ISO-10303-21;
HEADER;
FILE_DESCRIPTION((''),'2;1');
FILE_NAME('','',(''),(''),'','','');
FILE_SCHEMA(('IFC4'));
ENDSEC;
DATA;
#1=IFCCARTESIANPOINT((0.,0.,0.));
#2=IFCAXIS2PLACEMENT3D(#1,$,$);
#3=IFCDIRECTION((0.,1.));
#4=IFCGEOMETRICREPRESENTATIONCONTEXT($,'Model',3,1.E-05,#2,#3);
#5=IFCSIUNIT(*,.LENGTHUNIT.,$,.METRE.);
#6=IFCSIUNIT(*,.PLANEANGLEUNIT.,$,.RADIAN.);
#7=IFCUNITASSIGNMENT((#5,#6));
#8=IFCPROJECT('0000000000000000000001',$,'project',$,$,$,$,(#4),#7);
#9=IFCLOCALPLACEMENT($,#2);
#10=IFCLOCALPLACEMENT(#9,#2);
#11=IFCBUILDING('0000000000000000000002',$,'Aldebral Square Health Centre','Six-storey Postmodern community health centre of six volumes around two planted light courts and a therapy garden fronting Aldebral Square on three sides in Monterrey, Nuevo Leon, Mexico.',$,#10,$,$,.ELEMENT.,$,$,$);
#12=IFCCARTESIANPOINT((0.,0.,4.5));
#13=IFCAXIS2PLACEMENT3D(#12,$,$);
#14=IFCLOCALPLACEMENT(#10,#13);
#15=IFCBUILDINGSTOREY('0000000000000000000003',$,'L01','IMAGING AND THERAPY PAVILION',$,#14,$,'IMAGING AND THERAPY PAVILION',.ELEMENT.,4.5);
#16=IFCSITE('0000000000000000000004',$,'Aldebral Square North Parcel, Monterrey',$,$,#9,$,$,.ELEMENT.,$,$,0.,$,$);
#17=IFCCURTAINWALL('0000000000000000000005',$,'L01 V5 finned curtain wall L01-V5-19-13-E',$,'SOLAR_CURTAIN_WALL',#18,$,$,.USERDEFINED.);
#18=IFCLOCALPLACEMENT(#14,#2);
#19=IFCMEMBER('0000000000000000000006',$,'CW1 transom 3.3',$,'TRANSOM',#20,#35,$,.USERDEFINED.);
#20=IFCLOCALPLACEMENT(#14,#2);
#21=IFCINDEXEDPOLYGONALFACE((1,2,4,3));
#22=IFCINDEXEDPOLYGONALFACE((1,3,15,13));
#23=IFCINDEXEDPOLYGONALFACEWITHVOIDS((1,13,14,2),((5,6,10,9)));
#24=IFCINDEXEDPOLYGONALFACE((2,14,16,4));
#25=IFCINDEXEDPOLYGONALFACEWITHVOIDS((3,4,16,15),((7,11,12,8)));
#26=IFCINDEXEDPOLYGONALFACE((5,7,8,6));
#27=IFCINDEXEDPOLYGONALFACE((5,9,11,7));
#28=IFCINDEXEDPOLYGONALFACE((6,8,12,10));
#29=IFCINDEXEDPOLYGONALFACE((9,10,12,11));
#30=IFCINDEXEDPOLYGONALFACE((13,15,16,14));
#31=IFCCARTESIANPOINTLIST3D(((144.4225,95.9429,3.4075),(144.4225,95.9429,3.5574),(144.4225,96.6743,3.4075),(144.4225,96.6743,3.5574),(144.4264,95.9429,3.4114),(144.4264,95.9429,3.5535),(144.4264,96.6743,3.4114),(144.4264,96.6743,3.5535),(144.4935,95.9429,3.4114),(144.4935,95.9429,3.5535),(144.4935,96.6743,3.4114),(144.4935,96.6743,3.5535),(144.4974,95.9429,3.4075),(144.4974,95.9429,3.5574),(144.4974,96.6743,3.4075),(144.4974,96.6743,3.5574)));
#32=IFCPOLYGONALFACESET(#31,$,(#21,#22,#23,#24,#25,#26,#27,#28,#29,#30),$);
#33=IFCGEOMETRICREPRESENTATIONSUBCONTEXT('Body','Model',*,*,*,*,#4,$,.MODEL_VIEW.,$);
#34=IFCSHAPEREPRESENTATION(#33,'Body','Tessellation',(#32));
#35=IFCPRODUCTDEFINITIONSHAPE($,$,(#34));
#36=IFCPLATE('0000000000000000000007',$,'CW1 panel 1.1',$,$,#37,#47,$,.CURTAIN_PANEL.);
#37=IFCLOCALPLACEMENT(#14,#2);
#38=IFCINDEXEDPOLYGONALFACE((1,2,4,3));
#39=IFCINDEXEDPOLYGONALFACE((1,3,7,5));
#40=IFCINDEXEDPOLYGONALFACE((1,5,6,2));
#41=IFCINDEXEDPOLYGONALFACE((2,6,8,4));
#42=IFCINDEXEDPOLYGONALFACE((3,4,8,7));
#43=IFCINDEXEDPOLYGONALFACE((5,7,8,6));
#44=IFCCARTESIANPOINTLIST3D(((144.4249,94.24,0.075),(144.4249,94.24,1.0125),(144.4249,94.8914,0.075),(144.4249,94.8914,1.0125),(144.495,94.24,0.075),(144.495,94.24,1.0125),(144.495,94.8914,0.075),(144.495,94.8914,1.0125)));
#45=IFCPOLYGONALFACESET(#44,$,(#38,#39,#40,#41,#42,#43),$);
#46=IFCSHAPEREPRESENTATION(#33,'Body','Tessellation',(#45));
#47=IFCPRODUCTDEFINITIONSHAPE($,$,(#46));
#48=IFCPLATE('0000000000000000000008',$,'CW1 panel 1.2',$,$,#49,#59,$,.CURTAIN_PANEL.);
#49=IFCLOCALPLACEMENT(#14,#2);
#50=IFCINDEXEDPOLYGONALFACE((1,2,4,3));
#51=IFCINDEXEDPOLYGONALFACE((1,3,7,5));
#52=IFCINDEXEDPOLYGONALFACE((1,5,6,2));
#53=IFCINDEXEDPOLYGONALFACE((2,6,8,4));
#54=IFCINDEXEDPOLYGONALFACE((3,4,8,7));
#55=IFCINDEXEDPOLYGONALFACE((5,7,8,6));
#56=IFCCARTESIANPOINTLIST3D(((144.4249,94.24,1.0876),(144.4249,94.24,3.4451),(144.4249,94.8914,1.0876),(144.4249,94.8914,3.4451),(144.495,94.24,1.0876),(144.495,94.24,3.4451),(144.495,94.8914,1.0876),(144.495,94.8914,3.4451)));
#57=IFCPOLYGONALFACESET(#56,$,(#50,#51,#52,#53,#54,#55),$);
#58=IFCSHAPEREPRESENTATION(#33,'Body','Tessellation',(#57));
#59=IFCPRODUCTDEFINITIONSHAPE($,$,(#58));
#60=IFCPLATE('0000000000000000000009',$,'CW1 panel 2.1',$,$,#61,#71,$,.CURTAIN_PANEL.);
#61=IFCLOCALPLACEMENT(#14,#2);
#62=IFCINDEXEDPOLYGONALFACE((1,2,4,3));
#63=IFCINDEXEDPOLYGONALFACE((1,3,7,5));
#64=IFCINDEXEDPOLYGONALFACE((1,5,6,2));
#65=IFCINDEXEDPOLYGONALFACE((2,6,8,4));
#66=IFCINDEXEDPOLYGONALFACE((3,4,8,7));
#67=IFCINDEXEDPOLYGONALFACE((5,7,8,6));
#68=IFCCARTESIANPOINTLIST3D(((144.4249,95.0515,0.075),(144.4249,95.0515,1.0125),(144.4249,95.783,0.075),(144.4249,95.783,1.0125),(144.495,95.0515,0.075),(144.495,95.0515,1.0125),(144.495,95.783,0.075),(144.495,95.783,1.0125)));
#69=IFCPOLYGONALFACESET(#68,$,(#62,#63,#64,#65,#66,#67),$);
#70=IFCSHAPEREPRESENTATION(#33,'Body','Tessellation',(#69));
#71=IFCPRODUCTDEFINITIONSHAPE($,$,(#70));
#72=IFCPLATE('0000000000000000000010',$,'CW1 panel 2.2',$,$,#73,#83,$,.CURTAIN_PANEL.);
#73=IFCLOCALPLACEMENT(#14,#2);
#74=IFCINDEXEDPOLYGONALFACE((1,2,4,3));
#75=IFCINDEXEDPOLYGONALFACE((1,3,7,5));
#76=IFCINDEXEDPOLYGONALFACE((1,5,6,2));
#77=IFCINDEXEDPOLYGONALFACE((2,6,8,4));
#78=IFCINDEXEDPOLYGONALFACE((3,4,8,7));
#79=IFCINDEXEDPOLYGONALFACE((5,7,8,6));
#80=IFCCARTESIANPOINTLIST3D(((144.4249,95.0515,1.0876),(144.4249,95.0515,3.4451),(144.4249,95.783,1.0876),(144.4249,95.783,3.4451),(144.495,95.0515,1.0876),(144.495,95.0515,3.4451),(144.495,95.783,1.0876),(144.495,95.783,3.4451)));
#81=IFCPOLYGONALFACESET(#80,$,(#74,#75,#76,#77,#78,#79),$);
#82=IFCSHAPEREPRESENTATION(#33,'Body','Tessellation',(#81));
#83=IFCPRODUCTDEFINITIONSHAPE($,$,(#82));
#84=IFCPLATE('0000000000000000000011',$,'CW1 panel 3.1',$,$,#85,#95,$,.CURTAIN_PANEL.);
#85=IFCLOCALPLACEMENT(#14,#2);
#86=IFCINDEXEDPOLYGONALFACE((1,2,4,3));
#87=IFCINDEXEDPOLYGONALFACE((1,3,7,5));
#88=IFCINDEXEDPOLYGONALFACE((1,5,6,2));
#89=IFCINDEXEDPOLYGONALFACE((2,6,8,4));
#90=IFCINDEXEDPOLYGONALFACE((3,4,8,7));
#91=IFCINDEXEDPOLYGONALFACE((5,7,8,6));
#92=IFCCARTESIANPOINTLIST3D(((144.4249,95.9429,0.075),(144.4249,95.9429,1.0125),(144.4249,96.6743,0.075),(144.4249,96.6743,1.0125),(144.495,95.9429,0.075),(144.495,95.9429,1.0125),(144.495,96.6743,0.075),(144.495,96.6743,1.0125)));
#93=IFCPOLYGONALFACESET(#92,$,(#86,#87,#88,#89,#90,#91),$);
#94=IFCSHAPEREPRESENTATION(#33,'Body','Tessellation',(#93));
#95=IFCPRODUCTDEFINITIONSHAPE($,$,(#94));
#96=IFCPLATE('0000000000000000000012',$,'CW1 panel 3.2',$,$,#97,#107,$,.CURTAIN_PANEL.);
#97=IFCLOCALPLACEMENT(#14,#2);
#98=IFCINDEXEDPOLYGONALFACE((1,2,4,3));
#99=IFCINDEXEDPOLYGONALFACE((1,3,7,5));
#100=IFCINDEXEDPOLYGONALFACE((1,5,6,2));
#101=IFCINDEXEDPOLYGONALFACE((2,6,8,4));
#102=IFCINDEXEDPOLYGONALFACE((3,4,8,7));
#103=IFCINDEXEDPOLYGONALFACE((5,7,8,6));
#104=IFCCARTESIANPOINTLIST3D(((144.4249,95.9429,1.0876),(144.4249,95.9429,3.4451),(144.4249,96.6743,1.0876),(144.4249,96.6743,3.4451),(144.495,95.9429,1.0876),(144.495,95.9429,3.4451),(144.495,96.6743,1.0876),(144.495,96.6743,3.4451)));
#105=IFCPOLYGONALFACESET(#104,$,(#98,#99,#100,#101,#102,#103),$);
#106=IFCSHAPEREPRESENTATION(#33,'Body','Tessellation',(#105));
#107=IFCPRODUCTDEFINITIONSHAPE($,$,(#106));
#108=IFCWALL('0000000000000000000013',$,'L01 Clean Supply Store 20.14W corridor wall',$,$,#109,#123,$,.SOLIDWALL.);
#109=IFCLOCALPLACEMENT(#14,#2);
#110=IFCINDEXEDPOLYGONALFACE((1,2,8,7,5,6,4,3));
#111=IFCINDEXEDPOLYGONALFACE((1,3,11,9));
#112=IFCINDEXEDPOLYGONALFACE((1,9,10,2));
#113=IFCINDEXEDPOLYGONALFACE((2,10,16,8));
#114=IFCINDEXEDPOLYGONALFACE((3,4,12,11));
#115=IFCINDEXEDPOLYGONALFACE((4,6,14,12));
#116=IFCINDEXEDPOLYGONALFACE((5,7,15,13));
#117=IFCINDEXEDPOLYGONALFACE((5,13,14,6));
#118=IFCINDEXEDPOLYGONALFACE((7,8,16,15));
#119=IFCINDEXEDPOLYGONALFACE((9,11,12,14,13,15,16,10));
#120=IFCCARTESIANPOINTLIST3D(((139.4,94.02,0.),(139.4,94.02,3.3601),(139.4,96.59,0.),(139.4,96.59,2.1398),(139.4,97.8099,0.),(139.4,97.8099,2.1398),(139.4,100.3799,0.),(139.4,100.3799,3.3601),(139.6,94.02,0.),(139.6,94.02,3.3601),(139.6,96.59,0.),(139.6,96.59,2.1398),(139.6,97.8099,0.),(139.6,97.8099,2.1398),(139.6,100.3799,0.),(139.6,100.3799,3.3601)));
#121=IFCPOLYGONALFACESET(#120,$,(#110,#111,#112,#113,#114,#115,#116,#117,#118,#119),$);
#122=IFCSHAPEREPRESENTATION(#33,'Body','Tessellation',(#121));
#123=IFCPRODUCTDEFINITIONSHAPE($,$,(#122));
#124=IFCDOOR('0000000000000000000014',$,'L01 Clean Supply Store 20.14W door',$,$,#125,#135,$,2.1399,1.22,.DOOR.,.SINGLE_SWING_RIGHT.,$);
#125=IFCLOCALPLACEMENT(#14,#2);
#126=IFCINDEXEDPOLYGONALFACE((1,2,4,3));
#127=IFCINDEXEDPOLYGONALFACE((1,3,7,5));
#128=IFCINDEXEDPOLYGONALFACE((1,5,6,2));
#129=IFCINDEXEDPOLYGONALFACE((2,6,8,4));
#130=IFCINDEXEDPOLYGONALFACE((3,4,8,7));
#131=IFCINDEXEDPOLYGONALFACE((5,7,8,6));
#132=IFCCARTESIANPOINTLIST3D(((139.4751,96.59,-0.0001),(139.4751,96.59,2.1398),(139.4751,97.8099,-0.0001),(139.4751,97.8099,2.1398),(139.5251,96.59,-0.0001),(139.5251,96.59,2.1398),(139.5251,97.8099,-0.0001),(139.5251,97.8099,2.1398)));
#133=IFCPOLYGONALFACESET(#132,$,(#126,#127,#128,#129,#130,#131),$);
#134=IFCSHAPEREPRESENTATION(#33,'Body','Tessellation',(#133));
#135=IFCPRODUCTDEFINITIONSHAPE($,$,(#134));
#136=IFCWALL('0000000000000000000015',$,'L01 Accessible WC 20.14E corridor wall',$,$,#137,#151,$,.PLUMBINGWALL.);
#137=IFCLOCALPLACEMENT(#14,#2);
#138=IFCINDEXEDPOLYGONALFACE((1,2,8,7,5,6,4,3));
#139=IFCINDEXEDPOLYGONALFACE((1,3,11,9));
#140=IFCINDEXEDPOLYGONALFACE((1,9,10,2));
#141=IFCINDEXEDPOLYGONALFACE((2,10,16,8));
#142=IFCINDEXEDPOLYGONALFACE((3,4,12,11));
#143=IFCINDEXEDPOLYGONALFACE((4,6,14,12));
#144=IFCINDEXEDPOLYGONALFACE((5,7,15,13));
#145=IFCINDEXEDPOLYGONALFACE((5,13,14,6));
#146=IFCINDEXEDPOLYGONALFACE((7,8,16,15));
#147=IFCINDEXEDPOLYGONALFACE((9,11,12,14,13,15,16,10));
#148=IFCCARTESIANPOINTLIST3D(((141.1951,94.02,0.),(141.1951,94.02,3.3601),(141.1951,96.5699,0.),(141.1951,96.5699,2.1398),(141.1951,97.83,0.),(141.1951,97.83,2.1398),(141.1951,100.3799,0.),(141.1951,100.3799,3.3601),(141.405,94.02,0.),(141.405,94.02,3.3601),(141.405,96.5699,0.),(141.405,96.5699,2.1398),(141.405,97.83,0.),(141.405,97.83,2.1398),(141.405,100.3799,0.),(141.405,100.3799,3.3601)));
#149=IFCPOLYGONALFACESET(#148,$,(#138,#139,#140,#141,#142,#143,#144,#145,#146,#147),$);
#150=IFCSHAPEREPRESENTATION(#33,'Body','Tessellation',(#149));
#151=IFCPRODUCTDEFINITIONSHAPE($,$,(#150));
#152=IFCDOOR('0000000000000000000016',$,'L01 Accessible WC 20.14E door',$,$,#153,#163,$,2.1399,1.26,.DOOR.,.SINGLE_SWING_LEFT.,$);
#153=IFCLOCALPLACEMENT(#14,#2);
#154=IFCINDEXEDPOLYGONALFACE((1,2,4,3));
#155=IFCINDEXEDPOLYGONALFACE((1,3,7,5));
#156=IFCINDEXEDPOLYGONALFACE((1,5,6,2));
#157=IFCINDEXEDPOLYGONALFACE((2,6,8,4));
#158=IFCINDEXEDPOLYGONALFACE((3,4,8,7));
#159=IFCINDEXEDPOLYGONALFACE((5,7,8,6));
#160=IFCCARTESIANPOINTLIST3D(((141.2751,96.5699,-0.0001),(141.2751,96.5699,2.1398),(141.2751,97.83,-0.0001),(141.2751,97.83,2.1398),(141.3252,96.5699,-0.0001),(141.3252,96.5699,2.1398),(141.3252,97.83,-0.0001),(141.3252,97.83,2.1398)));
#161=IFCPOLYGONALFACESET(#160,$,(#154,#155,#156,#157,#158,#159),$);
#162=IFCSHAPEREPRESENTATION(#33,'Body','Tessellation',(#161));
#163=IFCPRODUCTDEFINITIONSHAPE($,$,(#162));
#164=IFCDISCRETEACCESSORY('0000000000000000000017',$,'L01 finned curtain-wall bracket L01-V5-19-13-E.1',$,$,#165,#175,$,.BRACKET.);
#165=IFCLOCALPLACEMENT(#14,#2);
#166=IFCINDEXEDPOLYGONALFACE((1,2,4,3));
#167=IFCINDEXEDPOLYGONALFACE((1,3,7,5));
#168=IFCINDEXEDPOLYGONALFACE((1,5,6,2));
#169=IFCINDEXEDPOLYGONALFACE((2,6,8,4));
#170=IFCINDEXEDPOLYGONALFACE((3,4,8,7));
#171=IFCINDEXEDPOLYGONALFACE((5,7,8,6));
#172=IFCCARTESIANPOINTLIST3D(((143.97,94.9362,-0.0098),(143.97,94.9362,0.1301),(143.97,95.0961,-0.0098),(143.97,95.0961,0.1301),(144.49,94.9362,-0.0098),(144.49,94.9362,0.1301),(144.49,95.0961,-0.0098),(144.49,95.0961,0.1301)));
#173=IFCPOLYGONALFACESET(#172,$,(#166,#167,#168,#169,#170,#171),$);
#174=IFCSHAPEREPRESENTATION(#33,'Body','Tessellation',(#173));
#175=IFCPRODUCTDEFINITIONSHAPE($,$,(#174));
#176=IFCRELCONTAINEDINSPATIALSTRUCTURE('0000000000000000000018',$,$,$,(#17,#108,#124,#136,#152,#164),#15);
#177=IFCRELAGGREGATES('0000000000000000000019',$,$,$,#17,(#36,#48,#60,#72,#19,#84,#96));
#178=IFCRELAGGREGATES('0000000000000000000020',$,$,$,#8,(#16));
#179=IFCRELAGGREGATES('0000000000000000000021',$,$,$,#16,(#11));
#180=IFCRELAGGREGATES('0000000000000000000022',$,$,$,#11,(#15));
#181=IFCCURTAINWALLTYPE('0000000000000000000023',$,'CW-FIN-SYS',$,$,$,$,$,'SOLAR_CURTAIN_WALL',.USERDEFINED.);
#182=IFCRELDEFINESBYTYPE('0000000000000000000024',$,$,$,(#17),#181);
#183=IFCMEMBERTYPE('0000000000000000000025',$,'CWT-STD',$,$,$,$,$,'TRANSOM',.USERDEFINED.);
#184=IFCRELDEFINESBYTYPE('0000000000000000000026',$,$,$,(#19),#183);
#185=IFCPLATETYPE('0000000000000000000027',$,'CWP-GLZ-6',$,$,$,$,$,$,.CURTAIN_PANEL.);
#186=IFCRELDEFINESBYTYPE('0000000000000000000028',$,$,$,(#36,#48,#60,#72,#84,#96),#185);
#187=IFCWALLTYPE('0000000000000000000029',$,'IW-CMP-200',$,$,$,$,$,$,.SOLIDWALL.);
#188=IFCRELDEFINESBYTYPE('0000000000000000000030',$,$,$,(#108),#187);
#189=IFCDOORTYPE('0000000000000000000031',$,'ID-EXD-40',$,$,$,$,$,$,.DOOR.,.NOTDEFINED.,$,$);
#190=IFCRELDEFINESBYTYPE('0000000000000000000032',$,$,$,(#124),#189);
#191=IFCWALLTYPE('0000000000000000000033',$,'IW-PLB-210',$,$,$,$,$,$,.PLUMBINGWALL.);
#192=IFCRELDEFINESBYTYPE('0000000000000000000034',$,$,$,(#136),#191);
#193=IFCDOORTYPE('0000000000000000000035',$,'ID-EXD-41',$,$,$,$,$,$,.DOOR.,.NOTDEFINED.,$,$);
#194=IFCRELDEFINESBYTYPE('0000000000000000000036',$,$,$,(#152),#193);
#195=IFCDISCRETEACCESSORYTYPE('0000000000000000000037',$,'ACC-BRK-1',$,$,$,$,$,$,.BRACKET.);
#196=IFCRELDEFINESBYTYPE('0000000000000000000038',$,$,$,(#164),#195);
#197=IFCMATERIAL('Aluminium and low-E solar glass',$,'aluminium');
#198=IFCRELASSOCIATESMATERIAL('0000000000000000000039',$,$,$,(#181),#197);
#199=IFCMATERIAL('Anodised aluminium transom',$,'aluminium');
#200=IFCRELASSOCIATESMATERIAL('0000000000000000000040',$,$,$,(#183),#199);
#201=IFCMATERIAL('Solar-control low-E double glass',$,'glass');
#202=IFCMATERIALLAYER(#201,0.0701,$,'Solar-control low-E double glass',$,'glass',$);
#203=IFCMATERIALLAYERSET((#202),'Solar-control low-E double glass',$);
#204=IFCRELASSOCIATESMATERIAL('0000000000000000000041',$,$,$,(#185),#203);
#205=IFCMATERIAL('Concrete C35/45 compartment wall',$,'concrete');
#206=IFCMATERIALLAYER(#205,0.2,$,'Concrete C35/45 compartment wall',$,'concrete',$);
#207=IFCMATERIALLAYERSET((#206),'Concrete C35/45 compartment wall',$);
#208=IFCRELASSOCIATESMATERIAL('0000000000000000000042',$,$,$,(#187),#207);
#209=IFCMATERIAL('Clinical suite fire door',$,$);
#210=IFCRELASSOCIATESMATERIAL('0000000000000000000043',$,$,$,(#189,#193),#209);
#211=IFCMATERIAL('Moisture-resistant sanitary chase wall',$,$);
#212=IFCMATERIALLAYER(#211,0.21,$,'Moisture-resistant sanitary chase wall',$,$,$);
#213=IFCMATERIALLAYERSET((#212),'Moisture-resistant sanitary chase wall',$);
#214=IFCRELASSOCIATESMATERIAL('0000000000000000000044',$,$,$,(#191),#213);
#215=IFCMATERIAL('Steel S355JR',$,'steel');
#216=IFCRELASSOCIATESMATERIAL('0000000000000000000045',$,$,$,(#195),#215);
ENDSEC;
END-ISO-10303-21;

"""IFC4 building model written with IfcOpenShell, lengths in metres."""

from ifc_helpers import new_model, si_unit, direction, frame, frame_2d, origin, origin_2d, place, context, subcontext, project, spatial, rectangle, hollow_rectangle, extrude, material, layer, layer_set, material_profile, profile_set, type_object, element, fill, aggregate, save


model = new_model("IFC4")

# Units and contexts
model_context = context("Model", 3, precision=1e-05, world=origin(), true_north=direction((0.0, 1.0)))
body_context = subcontext(model_context, "Body", "Model", "MODEL_VIEW")
ifc_project = project(units=[si_unit("LENGTHUNIT", "METRE"), si_unit("PLANEANGLEUNIT", "RADIAN")], contexts=[model_context])

# Site, building, storey
site_placement = place(None, origin())
site = spatial("IfcSite", under=ifc_project, at=site_placement, Name="Aldebral Square North Parcel, Monterrey", CompositionType="ELEMENT", RefElevation=0.0)
building_placement = place(site_placement, origin())
building = spatial("IfcBuilding", under=site, at=building_placement, Name="Aldebral Square Health Centre", Description="Six-storey Postmodern community health centre of six volumes around two planted light courts and a therapy garden fronting Aldebral Square on three sides in Monterrey, Nuevo Leon, Mexico.", CompositionType="ELEMENT")
storey_placement = place(building_placement, frame((0.0, 0.0, 4.5)))
storey = spatial("IfcBuildingStorey", under=building, at=storey_placement, Name="L01", Description="IMAGING AND THERAPY PAVILION", LongName="IMAGING AND THERAPY PAVILION", CompositionType="ELEMENT", Elevation=4.5)

# Curtain wall, member, plates
ifc_material_1 = material(Name="Aluminium and low-E solar glass", Category="aluminium")
curtain_wall_type = type_object("IfcCurtainWallType", Name="CW-FIN-SYS", ElementType="SOLAR_CURTAIN_WALL", PredefinedType="USERDEFINED", material=ifc_material_1)
curtain_wall_placement = place(storey_placement, origin())
curtain_wall = element("IfcCurtainWall", 1, at=curtain_wall_placement, inside=storey, type_object=curtain_wall_type, Name="L01 V5 finned curtain wall L01-V5-19-13-E", ObjectType="SOLAR_CURTAIN_WALL", PredefinedType="USERDEFINED")
ifc_material_2 = material(Name="Anodised aluminium transom", Category="aluminium")
ifc_material_profile_1 = material_profile(ifc_material_2, hollow_rectangle(XDim=0.075, YDim=0.1499, WallThickness=0.0039, at=origin_2d()), Name="CWT 75x150x4")
ifc_profile_set_1 = profile_set([ifc_material_profile_1], Name="Anodised aluminium transom")
member_type_1 = type_object("IfcMemberType", Name="CWT-STD", ElementType="TRANSOM", PredefinedType="USERDEFINED", material=ifc_profile_set_1)
member_1_placement = place(storey_placement, frame((144.46, 95.9429, 3.4824), z_axis=(0.0, 1.0, 0.0), x_axis=(-1.0, 0.0, 0.0)))
member_1 = element("IfcMember", 2, at=member_1_placement, type_object=member_type_1, Name="CW1 transom 3.3", ObjectType="TRANSOM", PredefinedType="USERDEFINED", context=body_context, shape_type="SweptSolid", body=[
    extrude(hollow_rectangle(XDim=0.075, YDim=0.1499, WallThickness=0.0039, at=origin_2d()), origin(), (0.0, 0.0, 1.0), 0.7314),
])
ifc_material_3 = material(Name="Solar-control low-E double glass", Category="glass")
ifc_layer_1 = layer(ifc_material_3, 0.0701, Name="Solar-control low-E double glass", Category="glass")
ifc_layer_set_1 = layer_set([ifc_layer_1], Name="Solar-control low-E double glass")
plate_type = type_object("IfcPlateType", Name="CWP-GLZ-6", PredefinedType="CURTAIN_PANEL", material=ifc_layer_set_1)
plate_1_placement = place(storey_placement, frame((144.46, 94.5657, 0.075), z_axis=(0.0, 0.0, 1.0), x_axis=(0.0, 1.0, 0.0)))
plate_1 = element("IfcPlate", 3, at=plate_1_placement, type_object=plate_type, Name="CW1 panel 1.1", PredefinedType="CURTAIN_PANEL", context=body_context, shape_type="SweptSolid", body=[
    extrude(rectangle(XDim=0.6514, YDim=0.0701, at=origin_2d()), origin(), (0.0, 0.0, 1.0), 0.9375),
])
plate_2_placement = place(storey_placement, frame((144.46, 94.5657, 1.0876), z_axis=(0.0, 0.0, 1.0), x_axis=(0.0, 1.0, 0.0)))
plate_2 = element("IfcPlate", 4, at=plate_2_placement, type_object=plate_type, Name="CW1 panel 1.2", PredefinedType="CURTAIN_PANEL", context=body_context, shape_type="SweptSolid", body=[
    extrude(rectangle(XDim=0.6514, YDim=0.0701, at=origin_2d()), origin(), (0.0, 0.0, 1.0), 2.3574),
])
plate_3_placement = place(storey_placement, frame((144.46, 95.4172, 0.075), z_axis=(0.0, 0.0, 1.0), x_axis=(0.0, 1.0, 0.0)))
plate_3 = element("IfcPlate", 5, at=plate_3_placement, type_object=plate_type, Name="CW1 panel 2.1", PredefinedType="CURTAIN_PANEL", context=body_context, shape_type="SweptSolid", body=[
    extrude(rectangle(XDim=0.7314, YDim=0.0701, at=origin_2d()), origin(), (0.0, 0.0, 1.0), 0.9375),
])
plate_4_placement = place(storey_placement, frame((144.46, 95.4172, 1.0876), z_axis=(0.0, 0.0, 1.0), x_axis=(0.0, 1.0, 0.0)))
plate_4 = element("IfcPlate", 6, at=plate_4_placement, type_object=plate_type, Name="CW1 panel 2.2", PredefinedType="CURTAIN_PANEL", context=body_context, shape_type="SweptSolid", body=[
    extrude(rectangle(XDim=0.7314, YDim=0.0701, at=origin_2d()), origin(), (0.0, 0.0, 1.0), 2.3574),
])
plate_5_placement = place(storey_placement, frame((144.46, 96.3086, 0.075), z_axis=(0.0, 0.0, 1.0), x_axis=(0.0, 1.0, 0.0)))
plate_5 = element("IfcPlate", 7, at=plate_5_placement, type_object=plate_type, Name="CW1 panel 3.1", PredefinedType="CURTAIN_PANEL", context=body_context, shape_type="SweptSolid", body=[
    extrude(rectangle(XDim=0.7314, YDim=0.0701, at=origin_2d()), origin(), (0.0, 0.0, 1.0), 0.9375),
])
plate_6_placement = place(storey_placement, frame((144.46, 96.3086, 1.0876), z_axis=(0.0, 0.0, 1.0), x_axis=(0.0, 1.0, 0.0)))
plate_6 = element("IfcPlate", 8, at=plate_6_placement, type_object=plate_type, Name="CW1 panel 3.2", PredefinedType="CURTAIN_PANEL", context=body_context, shape_type="SweptSolid", body=[
    extrude(rectangle(XDim=0.7314, YDim=0.0701, at=origin_2d()), origin(), (0.0, 0.0, 1.0), 2.3574),
])
aggregate(curtain_wall, [plate_1, plate_2, plate_3, plate_4, member_1, plate_5, plate_6])

# Walls, openings, doors
ifc_material_4 = material(Name="Concrete C35/45 compartment wall", Category="concrete")
ifc_layer_2 = layer(ifc_material_4, 0.2, Name="Concrete C35/45 compartment wall", Category="concrete")
ifc_layer_set_2 = layer_set([ifc_layer_2], Name="Concrete C35/45 compartment wall")
wall_type_1 = type_object("IfcWallType", Name="IW-CMP-200", PredefinedType="SOLIDWALL", material=ifc_layer_set_2)
wall_1_placement = place(storey_placement, frame((139.5, 94.02, 0.0), z_axis=(0.0, 0.0, 1.0), x_axis=(0.0, 1.0, 0.0)))
wall_1 = element("IfcWall", 9, at=wall_1_placement, inside=storey, type_object=wall_type_1, Name="L01 Clean Supply Store 20.14W corridor wall", PredefinedType="SOLIDWALL", context=body_context, shape_type="SweptSolid", body=[
    extrude(rectangle(XDim=6.3599, YDim=0.2, at=frame_2d((3.1799, 0.0))), origin(), (0.0, 0.0, 1.0), 3.3601),
])
opening_1_placement = place(wall_1_placement, frame((2.5701, 0.0, 0.0)))
opening_1 = element("IfcOpeningElement", 10, at=opening_1_placement, cuts=wall_1, PredefinedType="OPENING", context=body_context, shape_type="SweptSolid", body=[
    extrude(rectangle(XDim=1.22, YDim=2.1399, at=frame_2d((0.6099, 1.0698))), frame((0.0, 0.1099, 0.0), z_axis=(0.0, -1.0, 0.0), x_axis=(1.0, 0.0, 0.0)), (0.0, 0.0, 1.0), 0.22),
])
ifc_material_5 = material(Name="Clinical suite fire door")
door_type_1 = type_object("IfcDoorType", Name="ID-EXD-40", OperationType="NOTDEFINED", PredefinedType="DOOR", material=ifc_material_5)
door_1_placement = place(opening_1_placement, origin())
door_1 = element("IfcDoor", 11, at=door_1_placement, inside=storey, type_object=door_type_1, Name="L01 Clean Supply Store 20.14W door", OperationType="SINGLE_SWING_RIGHT", OverallHeight=2.1399, OverallWidth=1.22, PredefinedType="DOOR", context=body_context, shape_type="SweptSolid", body=[
    extrude(rectangle(XDim=1.22, YDim=2.1399, at=frame_2d((0.6099, 1.0698))), frame((0.0, 0.0249, 0.0), z_axis=(0.0, -1.0, 0.0), x_axis=(1.0, 0.0, 0.0)), (0.0, 0.0, 1.0), 0.05),
])
fill(opening_1, door_1)
ifc_material_6 = material(Name="Moisture-resistant sanitary chase wall")
ifc_layer_3 = layer(ifc_material_6, 0.21, Name="Moisture-resistant sanitary chase wall")
ifc_layer_set_3 = layer_set([ifc_layer_3], Name="Moisture-resistant sanitary chase wall")
wall_type_2 = type_object("IfcWallType", Name="IW-PLB-210", PredefinedType="PLUMBINGWALL", material=ifc_layer_set_3)
wall_2_placement = place(storey_placement, frame((141.3, 94.02, 0.0), z_axis=(0.0, 0.0, 1.0), x_axis=(0.0, 1.0, 0.0)))
wall_2 = element("IfcWall", 12, at=wall_2_placement, inside=storey, type_object=wall_type_2, Name="L01 Accessible WC 20.14E corridor wall", PredefinedType="PLUMBINGWALL", context=body_context, shape_type="SweptSolid", body=[
    extrude(rectangle(XDim=6.3599, YDim=0.21, at=frame_2d((3.1799, 0.0))), origin(), (0.0, 0.0, 1.0), 3.3601),
])
opening_2_placement = place(wall_2_placement, frame((2.55, 0.0, 0.0)))
opening_2 = element("IfcOpeningElement", 13, at=opening_2_placement, cuts=wall_2, PredefinedType="OPENING", context=body_context, shape_type="SweptSolid", body=[
    extrude(rectangle(XDim=1.26, YDim=2.1399, at=frame_2d((0.6299, 1.0698))), frame((0.0, 0.115, 0.0), z_axis=(0.0, -1.0, 0.0), x_axis=(1.0, 0.0, 0.0)), (0.0, 0.0, 1.0), 0.23),
])
door_type_2 = type_object("IfcDoorType", Name="ID-EXD-41", OperationType="NOTDEFINED", PredefinedType="DOOR", material=ifc_material_5)
door_2_placement = place(opening_2_placement, origin())
door_2 = element("IfcDoor", 14, at=door_2_placement, inside=storey, type_object=door_type_2, Name="L01 Accessible WC 20.14E door", OperationType="SINGLE_SWING_LEFT", OverallHeight=2.1399, OverallWidth=1.26, PredefinedType="DOOR", context=body_context, shape_type="SweptSolid", body=[
    extrude(rectangle(XDim=1.26, YDim=2.1399, at=frame_2d((0.6299, 1.0698))), frame((0.0, 0.0249, 0.0), z_axis=(0.0, -1.0, 0.0), x_axis=(1.0, 0.0, 0.0)), (0.0, 0.0, 1.0), 0.05),
])
fill(opening_2, door_2)

# Discrete accessory
ifc_material_7 = material(Name="Steel S355JR", Category="steel")
discrete_accessory_type = type_object("IfcDiscreteAccessoryType", Name="ACC-BRK-1", PredefinedType="BRACKET", material=ifc_material_7)
discrete_accessory_placement = place(storey_placement, frame((144.23, 95.0161, -0.0098), z_axis=(0.0, 0.0, 1.0), x_axis=(0.0, 1.0, 0.0)))
element("IfcDiscreteAccessory", 15, at=discrete_accessory_placement, inside=storey, type_object=discrete_accessory_type, Name="L01 finned curtain-wall bracket L01-V5-19-13-E.1", PredefinedType="BRACKET", context=body_context, shape_type="SweptSolid", body=[
    extrude(rectangle(XDim=0.1599, YDim=0.52, at=origin_2d()), origin(), (0.0, 0.0, 1.0), 0.1399),
])

save(model, "model.ifc")
